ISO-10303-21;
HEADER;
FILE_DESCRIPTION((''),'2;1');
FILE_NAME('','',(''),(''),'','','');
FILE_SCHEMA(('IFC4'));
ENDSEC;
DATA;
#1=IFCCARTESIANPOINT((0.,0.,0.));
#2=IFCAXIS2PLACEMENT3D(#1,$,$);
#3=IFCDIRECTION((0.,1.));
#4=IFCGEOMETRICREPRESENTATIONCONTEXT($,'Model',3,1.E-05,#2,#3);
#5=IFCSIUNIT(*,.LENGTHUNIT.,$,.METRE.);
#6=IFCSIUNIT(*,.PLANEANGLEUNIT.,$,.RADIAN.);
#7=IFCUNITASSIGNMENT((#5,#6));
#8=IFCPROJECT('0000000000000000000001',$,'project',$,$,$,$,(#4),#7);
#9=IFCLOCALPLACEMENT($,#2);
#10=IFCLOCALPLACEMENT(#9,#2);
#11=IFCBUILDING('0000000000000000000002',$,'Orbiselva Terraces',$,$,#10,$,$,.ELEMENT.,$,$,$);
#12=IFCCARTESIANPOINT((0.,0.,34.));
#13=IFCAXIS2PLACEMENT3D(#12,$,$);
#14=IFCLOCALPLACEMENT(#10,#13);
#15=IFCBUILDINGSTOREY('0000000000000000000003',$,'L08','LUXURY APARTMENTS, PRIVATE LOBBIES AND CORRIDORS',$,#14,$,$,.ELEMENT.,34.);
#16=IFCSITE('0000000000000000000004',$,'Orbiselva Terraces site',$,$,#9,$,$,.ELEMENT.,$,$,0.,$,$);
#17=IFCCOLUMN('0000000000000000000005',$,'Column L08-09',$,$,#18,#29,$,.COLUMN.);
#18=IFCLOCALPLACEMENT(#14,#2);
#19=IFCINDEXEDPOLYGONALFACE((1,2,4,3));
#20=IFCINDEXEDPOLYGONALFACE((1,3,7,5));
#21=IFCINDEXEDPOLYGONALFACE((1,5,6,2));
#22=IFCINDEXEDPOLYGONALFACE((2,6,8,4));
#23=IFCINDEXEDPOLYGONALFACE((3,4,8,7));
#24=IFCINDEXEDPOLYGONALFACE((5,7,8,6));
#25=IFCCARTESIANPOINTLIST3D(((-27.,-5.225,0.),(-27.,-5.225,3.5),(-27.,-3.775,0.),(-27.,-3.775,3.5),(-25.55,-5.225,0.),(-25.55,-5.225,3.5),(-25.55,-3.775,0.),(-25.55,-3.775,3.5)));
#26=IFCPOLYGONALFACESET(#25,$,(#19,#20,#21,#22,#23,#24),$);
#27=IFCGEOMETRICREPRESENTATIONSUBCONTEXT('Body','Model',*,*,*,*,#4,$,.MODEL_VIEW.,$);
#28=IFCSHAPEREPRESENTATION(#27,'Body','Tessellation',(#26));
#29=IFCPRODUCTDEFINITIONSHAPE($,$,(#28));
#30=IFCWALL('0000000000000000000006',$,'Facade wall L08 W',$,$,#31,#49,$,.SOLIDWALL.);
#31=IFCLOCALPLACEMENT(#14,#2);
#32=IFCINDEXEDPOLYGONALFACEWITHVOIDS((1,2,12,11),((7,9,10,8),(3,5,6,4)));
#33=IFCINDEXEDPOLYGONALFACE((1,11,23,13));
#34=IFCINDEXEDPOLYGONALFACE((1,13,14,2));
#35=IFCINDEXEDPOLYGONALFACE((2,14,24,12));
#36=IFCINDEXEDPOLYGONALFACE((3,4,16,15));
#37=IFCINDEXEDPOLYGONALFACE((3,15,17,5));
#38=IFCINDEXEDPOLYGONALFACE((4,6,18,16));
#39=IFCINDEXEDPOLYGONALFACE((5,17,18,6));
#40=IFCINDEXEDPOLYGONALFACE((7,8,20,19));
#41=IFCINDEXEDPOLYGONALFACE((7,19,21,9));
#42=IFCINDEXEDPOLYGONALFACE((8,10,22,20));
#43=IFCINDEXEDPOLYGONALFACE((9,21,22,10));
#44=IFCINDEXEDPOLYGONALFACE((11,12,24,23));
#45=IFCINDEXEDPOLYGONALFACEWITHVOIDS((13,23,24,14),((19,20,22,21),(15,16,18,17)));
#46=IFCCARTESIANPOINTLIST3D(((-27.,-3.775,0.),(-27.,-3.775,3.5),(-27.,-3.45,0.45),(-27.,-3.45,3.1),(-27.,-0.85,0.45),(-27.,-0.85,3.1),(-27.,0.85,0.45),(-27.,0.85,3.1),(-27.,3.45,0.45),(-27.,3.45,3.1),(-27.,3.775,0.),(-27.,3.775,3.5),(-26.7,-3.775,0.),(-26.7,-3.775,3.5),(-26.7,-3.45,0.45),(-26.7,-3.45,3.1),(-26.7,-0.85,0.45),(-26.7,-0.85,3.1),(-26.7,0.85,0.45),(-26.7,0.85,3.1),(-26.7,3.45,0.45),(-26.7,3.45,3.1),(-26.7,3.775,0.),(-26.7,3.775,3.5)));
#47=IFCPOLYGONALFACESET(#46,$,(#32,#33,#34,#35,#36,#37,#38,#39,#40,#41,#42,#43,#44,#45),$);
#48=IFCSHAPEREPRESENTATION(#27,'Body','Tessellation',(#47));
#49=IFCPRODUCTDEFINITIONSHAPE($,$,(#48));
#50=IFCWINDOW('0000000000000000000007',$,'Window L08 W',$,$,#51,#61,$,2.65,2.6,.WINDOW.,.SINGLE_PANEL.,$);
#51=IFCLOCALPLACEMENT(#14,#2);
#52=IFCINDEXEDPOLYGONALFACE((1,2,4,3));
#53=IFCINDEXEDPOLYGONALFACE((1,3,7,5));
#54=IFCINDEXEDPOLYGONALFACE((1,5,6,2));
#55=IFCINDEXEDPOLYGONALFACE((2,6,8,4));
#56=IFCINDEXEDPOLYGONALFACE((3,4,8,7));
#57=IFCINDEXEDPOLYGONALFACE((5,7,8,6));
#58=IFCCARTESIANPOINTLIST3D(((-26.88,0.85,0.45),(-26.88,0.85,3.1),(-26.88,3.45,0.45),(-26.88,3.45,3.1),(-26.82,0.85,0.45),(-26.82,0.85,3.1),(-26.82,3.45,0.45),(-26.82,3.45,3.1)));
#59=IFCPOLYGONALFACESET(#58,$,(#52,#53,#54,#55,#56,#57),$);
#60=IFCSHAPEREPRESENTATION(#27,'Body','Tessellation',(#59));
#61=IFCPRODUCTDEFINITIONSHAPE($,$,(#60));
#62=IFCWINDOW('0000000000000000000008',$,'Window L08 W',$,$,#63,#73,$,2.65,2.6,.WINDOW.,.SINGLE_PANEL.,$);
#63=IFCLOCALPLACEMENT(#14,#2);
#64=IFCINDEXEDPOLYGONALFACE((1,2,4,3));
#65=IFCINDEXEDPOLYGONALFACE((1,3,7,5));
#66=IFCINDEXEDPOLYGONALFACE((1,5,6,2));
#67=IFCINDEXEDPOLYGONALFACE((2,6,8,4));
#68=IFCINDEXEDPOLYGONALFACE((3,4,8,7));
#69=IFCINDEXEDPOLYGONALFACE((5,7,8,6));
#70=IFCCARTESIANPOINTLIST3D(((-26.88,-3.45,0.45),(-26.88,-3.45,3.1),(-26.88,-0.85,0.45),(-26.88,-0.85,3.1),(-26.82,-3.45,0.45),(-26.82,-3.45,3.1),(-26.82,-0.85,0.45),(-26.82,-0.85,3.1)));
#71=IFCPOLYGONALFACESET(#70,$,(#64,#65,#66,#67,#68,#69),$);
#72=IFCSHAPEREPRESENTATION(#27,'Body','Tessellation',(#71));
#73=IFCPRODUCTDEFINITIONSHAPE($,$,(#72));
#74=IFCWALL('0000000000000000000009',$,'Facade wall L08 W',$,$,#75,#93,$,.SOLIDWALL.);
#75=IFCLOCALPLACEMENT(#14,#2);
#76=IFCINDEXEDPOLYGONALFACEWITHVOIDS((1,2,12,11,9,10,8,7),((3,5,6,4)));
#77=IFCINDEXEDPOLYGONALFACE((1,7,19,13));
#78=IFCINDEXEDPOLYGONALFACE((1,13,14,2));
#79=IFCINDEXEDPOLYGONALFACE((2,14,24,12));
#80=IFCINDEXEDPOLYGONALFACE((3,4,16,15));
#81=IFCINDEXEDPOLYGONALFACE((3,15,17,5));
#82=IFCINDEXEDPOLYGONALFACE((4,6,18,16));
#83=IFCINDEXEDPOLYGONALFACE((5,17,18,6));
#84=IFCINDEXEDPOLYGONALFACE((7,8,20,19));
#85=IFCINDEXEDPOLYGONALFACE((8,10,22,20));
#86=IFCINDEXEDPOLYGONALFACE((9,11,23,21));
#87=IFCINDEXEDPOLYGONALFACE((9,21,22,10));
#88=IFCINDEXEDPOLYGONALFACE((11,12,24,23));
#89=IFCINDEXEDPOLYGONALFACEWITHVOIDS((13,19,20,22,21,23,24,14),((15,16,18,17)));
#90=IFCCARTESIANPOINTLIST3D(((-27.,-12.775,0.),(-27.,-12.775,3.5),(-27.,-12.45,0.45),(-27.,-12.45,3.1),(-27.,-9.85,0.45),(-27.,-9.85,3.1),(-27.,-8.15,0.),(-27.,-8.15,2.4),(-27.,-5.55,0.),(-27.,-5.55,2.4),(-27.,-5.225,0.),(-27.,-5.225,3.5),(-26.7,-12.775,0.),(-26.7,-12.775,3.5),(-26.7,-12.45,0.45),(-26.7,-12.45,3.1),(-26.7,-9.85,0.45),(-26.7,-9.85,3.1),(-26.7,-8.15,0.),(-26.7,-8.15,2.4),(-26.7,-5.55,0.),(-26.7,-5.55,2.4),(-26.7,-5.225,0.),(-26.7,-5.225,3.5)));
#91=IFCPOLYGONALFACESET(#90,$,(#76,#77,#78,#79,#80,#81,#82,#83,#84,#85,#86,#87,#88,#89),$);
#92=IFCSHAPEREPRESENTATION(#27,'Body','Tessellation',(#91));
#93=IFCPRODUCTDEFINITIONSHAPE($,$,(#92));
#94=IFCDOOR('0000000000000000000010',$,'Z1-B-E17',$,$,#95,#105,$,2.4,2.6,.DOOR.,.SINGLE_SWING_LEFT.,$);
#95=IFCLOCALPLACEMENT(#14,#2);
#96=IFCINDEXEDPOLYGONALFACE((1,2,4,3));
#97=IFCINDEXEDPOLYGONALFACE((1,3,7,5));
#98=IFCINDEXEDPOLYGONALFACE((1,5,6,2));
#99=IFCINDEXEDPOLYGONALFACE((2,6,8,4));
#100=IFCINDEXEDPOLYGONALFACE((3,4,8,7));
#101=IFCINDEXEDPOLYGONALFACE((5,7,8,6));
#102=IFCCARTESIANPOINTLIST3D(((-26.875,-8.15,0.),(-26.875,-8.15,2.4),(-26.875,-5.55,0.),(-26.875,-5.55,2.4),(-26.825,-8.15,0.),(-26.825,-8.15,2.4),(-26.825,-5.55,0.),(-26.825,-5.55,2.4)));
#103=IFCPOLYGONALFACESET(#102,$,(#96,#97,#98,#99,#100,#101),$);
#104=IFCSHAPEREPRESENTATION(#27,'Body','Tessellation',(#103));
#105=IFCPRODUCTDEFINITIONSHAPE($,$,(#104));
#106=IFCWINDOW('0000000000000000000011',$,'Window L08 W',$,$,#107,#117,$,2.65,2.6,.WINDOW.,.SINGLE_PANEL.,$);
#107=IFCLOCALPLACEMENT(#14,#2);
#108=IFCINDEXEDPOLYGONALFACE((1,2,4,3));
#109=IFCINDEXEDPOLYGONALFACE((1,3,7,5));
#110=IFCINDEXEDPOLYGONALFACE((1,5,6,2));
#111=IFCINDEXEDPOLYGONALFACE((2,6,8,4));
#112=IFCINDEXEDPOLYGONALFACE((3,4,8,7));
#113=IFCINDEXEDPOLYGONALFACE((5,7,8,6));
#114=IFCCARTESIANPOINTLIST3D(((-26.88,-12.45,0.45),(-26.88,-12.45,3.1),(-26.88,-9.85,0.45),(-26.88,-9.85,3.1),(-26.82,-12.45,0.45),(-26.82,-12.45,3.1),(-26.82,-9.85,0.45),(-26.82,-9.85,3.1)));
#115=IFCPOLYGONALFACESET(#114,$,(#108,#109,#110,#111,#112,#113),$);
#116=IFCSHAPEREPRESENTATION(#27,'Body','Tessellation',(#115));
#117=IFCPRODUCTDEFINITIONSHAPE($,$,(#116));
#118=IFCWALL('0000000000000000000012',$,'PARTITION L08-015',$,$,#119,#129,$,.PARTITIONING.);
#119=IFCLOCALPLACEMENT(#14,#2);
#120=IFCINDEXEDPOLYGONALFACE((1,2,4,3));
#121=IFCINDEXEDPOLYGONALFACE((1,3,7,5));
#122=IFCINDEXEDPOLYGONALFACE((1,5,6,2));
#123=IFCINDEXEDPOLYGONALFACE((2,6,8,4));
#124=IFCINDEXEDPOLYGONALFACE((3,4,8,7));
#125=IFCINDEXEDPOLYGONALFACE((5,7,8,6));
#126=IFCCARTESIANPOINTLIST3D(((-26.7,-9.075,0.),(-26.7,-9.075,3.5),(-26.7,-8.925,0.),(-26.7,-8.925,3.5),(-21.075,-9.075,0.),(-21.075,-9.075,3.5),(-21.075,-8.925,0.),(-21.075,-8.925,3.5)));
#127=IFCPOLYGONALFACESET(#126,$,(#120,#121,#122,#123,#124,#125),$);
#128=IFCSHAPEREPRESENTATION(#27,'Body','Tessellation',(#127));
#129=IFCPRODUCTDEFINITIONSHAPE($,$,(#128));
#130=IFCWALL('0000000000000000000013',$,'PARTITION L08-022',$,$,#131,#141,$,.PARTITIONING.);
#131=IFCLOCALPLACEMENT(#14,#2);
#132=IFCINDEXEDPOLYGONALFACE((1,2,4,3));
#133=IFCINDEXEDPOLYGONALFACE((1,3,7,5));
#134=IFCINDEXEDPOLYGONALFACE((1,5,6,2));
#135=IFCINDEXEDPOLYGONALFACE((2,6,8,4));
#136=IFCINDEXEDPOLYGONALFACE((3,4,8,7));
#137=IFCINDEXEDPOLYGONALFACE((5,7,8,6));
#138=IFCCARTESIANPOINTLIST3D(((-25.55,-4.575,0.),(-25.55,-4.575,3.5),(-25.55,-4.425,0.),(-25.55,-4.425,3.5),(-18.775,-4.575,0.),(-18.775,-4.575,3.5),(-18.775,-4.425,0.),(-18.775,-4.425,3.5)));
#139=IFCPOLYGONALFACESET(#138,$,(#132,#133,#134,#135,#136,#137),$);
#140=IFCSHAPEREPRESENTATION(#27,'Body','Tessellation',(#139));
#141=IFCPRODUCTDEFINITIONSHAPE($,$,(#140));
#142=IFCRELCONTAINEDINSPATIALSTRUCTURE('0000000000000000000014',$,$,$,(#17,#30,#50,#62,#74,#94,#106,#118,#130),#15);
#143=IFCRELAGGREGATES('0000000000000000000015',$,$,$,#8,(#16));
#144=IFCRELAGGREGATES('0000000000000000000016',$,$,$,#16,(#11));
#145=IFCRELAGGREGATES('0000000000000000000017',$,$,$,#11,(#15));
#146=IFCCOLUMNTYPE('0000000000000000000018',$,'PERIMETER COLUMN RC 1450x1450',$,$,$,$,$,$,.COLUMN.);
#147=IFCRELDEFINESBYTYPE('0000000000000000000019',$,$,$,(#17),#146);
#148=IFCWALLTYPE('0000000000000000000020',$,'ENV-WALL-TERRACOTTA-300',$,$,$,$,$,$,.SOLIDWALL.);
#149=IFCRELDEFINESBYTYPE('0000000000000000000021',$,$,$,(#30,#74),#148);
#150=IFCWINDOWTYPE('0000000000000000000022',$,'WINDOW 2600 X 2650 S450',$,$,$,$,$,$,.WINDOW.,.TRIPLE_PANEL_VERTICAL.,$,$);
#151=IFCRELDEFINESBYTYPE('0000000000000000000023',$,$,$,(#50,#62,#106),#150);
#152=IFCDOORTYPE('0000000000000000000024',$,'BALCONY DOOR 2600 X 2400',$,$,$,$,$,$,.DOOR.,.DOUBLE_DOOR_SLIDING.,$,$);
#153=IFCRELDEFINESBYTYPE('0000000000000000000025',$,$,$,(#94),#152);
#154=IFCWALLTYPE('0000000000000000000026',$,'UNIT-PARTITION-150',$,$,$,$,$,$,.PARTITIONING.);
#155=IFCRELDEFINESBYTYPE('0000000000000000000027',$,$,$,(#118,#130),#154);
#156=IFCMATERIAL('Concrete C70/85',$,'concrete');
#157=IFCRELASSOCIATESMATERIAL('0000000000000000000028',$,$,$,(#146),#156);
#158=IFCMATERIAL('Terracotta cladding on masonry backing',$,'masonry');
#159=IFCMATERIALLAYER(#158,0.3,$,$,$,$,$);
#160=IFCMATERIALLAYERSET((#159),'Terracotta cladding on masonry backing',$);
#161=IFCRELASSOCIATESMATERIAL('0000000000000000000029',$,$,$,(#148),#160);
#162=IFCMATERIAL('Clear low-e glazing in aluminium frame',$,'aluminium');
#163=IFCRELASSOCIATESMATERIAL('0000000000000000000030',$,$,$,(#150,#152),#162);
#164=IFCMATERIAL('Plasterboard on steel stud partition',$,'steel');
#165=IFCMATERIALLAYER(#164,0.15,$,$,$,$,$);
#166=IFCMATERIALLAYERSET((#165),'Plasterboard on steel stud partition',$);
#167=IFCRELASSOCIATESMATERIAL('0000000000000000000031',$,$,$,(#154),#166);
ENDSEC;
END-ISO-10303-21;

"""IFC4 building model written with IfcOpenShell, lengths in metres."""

from ifc_helpers import new_model, si_unit, direction, frame, frame_2d, origin, origin_2d, place, context, subcontext, project, spatial, rectangle, extrude, material, layer, layer_set, material_profile, profile_set, type_object, element, fill, save


model = new_model("IFC4")

# Units and contexts
model_context = context("Model", 3, precision=1e-05, world=origin(), true_north=direction((0.0, 1.0)))
body_context = subcontext(model_context, "Body", "Model", "MODEL_VIEW")
ifc_project = project(units=[si_unit("LENGTHUNIT", "METRE"), si_unit("PLANEANGLEUNIT", "RADIAN")], contexts=[model_context])

# Site, building, storey
site_placement = place(None, origin())
site = spatial("IfcSite", under=ifc_project, at=site_placement, Name="Orbiselva Terraces site", CompositionType="ELEMENT", RefElevation=0.0)
building_placement = place(site_placement, origin())
building = spatial("IfcBuilding", under=site, at=building_placement, Name="Orbiselva Terraces", CompositionType="ELEMENT")
storey_placement = place(building_placement, frame((0.0, 0.0, 34.0)))
storey = spatial("IfcBuildingStorey", under=building, at=storey_placement, Name="L08", Description="LUXURY APARTMENTS, PRIVATE LOBBIES AND CORRIDORS", CompositionType="ELEMENT", Elevation=34.0)

# Column
ifc_material_1 = material(Name="Concrete C70/85", Category="concrete")
ifc_material_profile = material_profile(ifc_material_1, rectangle(XDim=1.45, YDim=1.45, at=origin_2d()), Name="RC 1450x1450")
ifc_profile_set = profile_set([ifc_material_profile], Name="Concrete C70/85")
column_type = type_object("IfcColumnType", Name="PERIMETER COLUMN RC 1450x1450", PredefinedType="COLUMN", material=ifc_profile_set)
column_placement = place(storey_placement, frame((-26.275, -4.5, 0.0), z_axis=(0.0, 0.0, 1.0), x_axis=(1.0, 0.0, 0.0)))
element("IfcColumn", 1, at=column_placement, inside=storey, type_object=column_type, Name="Column L08-09", PredefinedType="COLUMN", context=body_context, shape_type="SweptSolid", body=[
    extrude(rectangle(XDim=1.45, YDim=1.45, at=origin_2d()), origin(), (0.0, 0.0, 1.0), 3.5),
])

# Wall, openings, windows
ifc_material_2 = material(Name="Terracotta cladding on masonry backing", Category="masonry")
ifc_layer_1 = layer(ifc_material_2, 0.3)
ifc_layer_set_1 = layer_set([ifc_layer_1], Name="Terracotta cladding on masonry backing")
wall_type_1 = type_object("IfcWallType", Name="ENV-WALL-TERRACOTTA-300", PredefinedType="SOLIDWALL", material=ifc_layer_set_1)
wall_1_placement = place(storey_placement, frame((-26.85, -3.775, 0.0), z_axis=(0.0, 0.0, 1.0), x_axis=(0.0, 1.0, 0.0)))
wall_1 = element("IfcWall", 2, at=wall_1_placement, inside=storey, type_object=wall_type_1, Name="Facade wall L08 W", PredefinedType="SOLIDWALL", context=body_context, shape_type="SweptSolid", body=[
    extrude(rectangle(XDim=7.55, YDim=0.3, at=frame_2d((3.775, 0.0))), origin(), (0.0, 0.0, 1.0), 3.5),
])
opening_1_placement = place(wall_1_placement, frame((4.625, 0.0, 0.45)))
opening_1 = element("IfcOpeningElement", 3, at=opening_1_placement, cuts=wall_1, PredefinedType="OPENING", context=body_context, shape_type="SweptSolid", body=[
    extrude(rectangle(XDim=2.6, YDim=2.65, at=frame_2d((1.3, 1.325))), frame((0.0, 0.16, 0.0), z_axis=(0.0, -1.0, 0.0), x_axis=(1.0, 0.0, 0.0)), (0.0, 0.0, 1.0), 0.32),
])
opening_2_placement = place(wall_1_placement, frame((0.325, 0.0, 0.45)))
opening_2 = element("IfcOpeningElement", 4, at=opening_2_placement, cuts=wall_1, PredefinedType="OPENING", context=body_context, shape_type="SweptSolid", body=[
    extrude(rectangle(XDim=2.6, YDim=2.65, at=frame_2d((1.3, 1.325))), frame((0.0, 0.16, 0.0), z_axis=(0.0, -1.0, 0.0), x_axis=(1.0, 0.0, 0.0)), (0.0, 0.0, 1.0), 0.32),
])
ifc_material_3 = material(Name="Clear low-e glazing in aluminium frame", Category="aluminium")
window_type = type_object("IfcWindowType", Name="WINDOW 2600 X 2650 S450", PartitioningType="TRIPLE_PANEL_VERTICAL", PredefinedType="WINDOW", material=ifc_material_3)
window_1_placement = place(opening_1_placement, origin())
window_1 = element("IfcWindow", 5, at=window_1_placement, inside=storey, type_object=window_type, Name="Window L08 W", OverallHeight=2.65, OverallWidth=2.6, PartitioningType="SINGLE_PANEL", PredefinedType="WINDOW", context=body_context, shape_type="SweptSolid", body=[
    extrude(rectangle(XDim=2.6, YDim=2.65, at=frame_2d((1.3, 1.325))), frame((0.0, 0.03, 0.0), z_axis=(0.0, -1.0, 0.0), x_axis=(1.0, 0.0, 0.0)), (0.0, 0.0, 1.0), 0.06),
])
fill(opening_1, window_1)
window_2_placement = place(opening_2_placement, origin())
window_2 = element("IfcWindow", 6, at=window_2_placement, inside=storey, type_object=window_type, Name="Window L08 W", OverallHeight=2.65, OverallWidth=2.6, PartitioningType="SINGLE_PANEL", PredefinedType="WINDOW", context=body_context, shape_type="SweptSolid", body=[
    extrude(rectangle(XDim=2.6, YDim=2.65, at=frame_2d((1.3, 1.325))), frame((0.0, 0.03, 0.0), z_axis=(0.0, -1.0, 0.0), x_axis=(1.0, 0.0, 0.0)), (0.0, 0.0, 1.0), 0.06),
])
fill(opening_2, window_2)

# Wall, openings, door, window
wall_2_placement = place(storey_placement, frame((-26.85, -12.775, 0.0), z_axis=(0.0, 0.0, 1.0), x_axis=(0.0, 1.0, 0.0)))
wall_2 = element("IfcWall", 7, at=wall_2_placement, inside=storey, type_object=wall_type_1, Name="Facade wall L08 W", PredefinedType="SOLIDWALL", context=body_context, shape_type="SweptSolid", body=[
    extrude(rectangle(XDim=7.55, YDim=0.3, at=frame_2d((3.775, 0.0))), origin(), (0.0, 0.0, 1.0), 3.5),
])
opening_3_placement = place(wall_2_placement, frame((4.625, 0.0, 0.0)))
opening_3 = element("IfcOpeningElement", 8, at=opening_3_placement, cuts=wall_2, PredefinedType="OPENING", context=body_context, shape_type="SweptSolid", body=[
    extrude(rectangle(XDim=2.6, YDim=2.4, at=frame_2d((1.3, 1.2))), frame((0.0, 0.16, 0.0), z_axis=(0.0, -1.0, 0.0), x_axis=(1.0, 0.0, 0.0)), (0.0, 0.0, 1.0), 0.32),
])
opening_4_placement = place(wall_2_placement, frame((0.325, 0.0, 0.45)))
opening_4 = element("IfcOpeningElement", 9, at=opening_4_placement, cuts=wall_2, PredefinedType="OPENING", context=body_context, shape_type="SweptSolid", body=[
    extrude(rectangle(XDim=2.6, YDim=2.65, at=frame_2d((1.3, 1.325))), frame((0.0, 0.16, 0.0), z_axis=(0.0, -1.0, 0.0), x_axis=(1.0, 0.0, 0.0)), (0.0, 0.0, 1.0), 0.32),
])
door_type_1 = type_object("IfcDoorType", Name="BALCONY DOOR 2600 X 2400", OperationType="DOUBLE_DOOR_SLIDING", PredefinedType="DOOR", material=ifc_material_3)
door_1_placement = place(opening_3_placement, origin())
door_1 = element("IfcDoor", 10, at=door_1_placement, inside=storey, type_object=door_type_1, Name="Z1-B-E17", OperationType="SINGLE_SWING_LEFT", OverallHeight=2.4, OverallWidth=2.6, PredefinedType="DOOR", context=body_context, shape_type="SweptSolid", body=[
    extrude(rectangle(XDim=2.6, YDim=2.4, at=frame_2d((1.3, 1.2))), frame((0.0, 0.025, 0.0), z_axis=(0.0, -1.0, 0.0), x_axis=(1.0, 0.0, 0.0)), (0.0, 0.0, 1.0), 0.05),
])
fill(opening_3, door_1)
window_3_placement = place(opening_4_placement, origin())
window_3 = element("IfcWindow", 11, at=window_3_placement, inside=storey, type_object=window_type, Name="Window L08 W", OverallHeight=2.65, OverallWidth=2.6, PartitioningType="SINGLE_PANEL", PredefinedType="WINDOW", context=body_context, shape_type="SweptSolid", body=[
    extrude(rectangle(XDim=2.6, YDim=2.65, at=frame_2d((1.3, 1.325))), frame((0.0, 0.03, 0.0), z_axis=(0.0, -1.0, 0.0), x_axis=(1.0, 0.0, 0.0)), (0.0, 0.0, 1.0), 0.06),
])
fill(opening_4, window_3)

# Walls
ifc_material_4 = material(Name="Plasterboard on steel stud partition", Category="steel")
ifc_layer_2 = layer(ifc_material_4, 0.15)
ifc_layer_set_2 = layer_set([ifc_layer_2], Name="Plasterboard on steel stud partition")
wall_type_2 = type_object("IfcWallType", Name="UNIT-PARTITION-150", PredefinedType="PARTITIONING", material=ifc_layer_set_2)
wall_3_placement = place(storey_placement, frame((-26.7, -9.0, 0.0), z_axis=(0.0, 0.0, 1.0), x_axis=(1.0, 0.0, 0.0)))
element("IfcWall", 12, at=wall_3_placement, inside=storey, type_object=wall_type_2, Name="PARTITION L08-015", PredefinedType="PARTITIONING", context=body_context, shape_type="SweptSolid", body=[
    extrude(rectangle(XDim=5.625, YDim=0.15, at=frame_2d((2.8125, 0.0))), origin(), (0.0, 0.0, 1.0), 3.5),
])
wall_4_placement = place(storey_placement, frame((-25.55, -4.5, 0.0), z_axis=(0.0, 0.0, 1.0), x_axis=(1.0, 0.0, 0.0)))
element("IfcWall", 13, at=wall_4_placement, inside=storey, type_object=wall_type_2, Name="PARTITION L08-022", PredefinedType="PARTITIONING", context=body_context, shape_type="SweptSolid", body=[
    extrude(rectangle(XDim=6.775, YDim=0.15, at=frame_2d((3.3875, 0.0))), origin(), (0.0, 0.0, 1.0), 3.5),
])

save(model, "model.ifc")
